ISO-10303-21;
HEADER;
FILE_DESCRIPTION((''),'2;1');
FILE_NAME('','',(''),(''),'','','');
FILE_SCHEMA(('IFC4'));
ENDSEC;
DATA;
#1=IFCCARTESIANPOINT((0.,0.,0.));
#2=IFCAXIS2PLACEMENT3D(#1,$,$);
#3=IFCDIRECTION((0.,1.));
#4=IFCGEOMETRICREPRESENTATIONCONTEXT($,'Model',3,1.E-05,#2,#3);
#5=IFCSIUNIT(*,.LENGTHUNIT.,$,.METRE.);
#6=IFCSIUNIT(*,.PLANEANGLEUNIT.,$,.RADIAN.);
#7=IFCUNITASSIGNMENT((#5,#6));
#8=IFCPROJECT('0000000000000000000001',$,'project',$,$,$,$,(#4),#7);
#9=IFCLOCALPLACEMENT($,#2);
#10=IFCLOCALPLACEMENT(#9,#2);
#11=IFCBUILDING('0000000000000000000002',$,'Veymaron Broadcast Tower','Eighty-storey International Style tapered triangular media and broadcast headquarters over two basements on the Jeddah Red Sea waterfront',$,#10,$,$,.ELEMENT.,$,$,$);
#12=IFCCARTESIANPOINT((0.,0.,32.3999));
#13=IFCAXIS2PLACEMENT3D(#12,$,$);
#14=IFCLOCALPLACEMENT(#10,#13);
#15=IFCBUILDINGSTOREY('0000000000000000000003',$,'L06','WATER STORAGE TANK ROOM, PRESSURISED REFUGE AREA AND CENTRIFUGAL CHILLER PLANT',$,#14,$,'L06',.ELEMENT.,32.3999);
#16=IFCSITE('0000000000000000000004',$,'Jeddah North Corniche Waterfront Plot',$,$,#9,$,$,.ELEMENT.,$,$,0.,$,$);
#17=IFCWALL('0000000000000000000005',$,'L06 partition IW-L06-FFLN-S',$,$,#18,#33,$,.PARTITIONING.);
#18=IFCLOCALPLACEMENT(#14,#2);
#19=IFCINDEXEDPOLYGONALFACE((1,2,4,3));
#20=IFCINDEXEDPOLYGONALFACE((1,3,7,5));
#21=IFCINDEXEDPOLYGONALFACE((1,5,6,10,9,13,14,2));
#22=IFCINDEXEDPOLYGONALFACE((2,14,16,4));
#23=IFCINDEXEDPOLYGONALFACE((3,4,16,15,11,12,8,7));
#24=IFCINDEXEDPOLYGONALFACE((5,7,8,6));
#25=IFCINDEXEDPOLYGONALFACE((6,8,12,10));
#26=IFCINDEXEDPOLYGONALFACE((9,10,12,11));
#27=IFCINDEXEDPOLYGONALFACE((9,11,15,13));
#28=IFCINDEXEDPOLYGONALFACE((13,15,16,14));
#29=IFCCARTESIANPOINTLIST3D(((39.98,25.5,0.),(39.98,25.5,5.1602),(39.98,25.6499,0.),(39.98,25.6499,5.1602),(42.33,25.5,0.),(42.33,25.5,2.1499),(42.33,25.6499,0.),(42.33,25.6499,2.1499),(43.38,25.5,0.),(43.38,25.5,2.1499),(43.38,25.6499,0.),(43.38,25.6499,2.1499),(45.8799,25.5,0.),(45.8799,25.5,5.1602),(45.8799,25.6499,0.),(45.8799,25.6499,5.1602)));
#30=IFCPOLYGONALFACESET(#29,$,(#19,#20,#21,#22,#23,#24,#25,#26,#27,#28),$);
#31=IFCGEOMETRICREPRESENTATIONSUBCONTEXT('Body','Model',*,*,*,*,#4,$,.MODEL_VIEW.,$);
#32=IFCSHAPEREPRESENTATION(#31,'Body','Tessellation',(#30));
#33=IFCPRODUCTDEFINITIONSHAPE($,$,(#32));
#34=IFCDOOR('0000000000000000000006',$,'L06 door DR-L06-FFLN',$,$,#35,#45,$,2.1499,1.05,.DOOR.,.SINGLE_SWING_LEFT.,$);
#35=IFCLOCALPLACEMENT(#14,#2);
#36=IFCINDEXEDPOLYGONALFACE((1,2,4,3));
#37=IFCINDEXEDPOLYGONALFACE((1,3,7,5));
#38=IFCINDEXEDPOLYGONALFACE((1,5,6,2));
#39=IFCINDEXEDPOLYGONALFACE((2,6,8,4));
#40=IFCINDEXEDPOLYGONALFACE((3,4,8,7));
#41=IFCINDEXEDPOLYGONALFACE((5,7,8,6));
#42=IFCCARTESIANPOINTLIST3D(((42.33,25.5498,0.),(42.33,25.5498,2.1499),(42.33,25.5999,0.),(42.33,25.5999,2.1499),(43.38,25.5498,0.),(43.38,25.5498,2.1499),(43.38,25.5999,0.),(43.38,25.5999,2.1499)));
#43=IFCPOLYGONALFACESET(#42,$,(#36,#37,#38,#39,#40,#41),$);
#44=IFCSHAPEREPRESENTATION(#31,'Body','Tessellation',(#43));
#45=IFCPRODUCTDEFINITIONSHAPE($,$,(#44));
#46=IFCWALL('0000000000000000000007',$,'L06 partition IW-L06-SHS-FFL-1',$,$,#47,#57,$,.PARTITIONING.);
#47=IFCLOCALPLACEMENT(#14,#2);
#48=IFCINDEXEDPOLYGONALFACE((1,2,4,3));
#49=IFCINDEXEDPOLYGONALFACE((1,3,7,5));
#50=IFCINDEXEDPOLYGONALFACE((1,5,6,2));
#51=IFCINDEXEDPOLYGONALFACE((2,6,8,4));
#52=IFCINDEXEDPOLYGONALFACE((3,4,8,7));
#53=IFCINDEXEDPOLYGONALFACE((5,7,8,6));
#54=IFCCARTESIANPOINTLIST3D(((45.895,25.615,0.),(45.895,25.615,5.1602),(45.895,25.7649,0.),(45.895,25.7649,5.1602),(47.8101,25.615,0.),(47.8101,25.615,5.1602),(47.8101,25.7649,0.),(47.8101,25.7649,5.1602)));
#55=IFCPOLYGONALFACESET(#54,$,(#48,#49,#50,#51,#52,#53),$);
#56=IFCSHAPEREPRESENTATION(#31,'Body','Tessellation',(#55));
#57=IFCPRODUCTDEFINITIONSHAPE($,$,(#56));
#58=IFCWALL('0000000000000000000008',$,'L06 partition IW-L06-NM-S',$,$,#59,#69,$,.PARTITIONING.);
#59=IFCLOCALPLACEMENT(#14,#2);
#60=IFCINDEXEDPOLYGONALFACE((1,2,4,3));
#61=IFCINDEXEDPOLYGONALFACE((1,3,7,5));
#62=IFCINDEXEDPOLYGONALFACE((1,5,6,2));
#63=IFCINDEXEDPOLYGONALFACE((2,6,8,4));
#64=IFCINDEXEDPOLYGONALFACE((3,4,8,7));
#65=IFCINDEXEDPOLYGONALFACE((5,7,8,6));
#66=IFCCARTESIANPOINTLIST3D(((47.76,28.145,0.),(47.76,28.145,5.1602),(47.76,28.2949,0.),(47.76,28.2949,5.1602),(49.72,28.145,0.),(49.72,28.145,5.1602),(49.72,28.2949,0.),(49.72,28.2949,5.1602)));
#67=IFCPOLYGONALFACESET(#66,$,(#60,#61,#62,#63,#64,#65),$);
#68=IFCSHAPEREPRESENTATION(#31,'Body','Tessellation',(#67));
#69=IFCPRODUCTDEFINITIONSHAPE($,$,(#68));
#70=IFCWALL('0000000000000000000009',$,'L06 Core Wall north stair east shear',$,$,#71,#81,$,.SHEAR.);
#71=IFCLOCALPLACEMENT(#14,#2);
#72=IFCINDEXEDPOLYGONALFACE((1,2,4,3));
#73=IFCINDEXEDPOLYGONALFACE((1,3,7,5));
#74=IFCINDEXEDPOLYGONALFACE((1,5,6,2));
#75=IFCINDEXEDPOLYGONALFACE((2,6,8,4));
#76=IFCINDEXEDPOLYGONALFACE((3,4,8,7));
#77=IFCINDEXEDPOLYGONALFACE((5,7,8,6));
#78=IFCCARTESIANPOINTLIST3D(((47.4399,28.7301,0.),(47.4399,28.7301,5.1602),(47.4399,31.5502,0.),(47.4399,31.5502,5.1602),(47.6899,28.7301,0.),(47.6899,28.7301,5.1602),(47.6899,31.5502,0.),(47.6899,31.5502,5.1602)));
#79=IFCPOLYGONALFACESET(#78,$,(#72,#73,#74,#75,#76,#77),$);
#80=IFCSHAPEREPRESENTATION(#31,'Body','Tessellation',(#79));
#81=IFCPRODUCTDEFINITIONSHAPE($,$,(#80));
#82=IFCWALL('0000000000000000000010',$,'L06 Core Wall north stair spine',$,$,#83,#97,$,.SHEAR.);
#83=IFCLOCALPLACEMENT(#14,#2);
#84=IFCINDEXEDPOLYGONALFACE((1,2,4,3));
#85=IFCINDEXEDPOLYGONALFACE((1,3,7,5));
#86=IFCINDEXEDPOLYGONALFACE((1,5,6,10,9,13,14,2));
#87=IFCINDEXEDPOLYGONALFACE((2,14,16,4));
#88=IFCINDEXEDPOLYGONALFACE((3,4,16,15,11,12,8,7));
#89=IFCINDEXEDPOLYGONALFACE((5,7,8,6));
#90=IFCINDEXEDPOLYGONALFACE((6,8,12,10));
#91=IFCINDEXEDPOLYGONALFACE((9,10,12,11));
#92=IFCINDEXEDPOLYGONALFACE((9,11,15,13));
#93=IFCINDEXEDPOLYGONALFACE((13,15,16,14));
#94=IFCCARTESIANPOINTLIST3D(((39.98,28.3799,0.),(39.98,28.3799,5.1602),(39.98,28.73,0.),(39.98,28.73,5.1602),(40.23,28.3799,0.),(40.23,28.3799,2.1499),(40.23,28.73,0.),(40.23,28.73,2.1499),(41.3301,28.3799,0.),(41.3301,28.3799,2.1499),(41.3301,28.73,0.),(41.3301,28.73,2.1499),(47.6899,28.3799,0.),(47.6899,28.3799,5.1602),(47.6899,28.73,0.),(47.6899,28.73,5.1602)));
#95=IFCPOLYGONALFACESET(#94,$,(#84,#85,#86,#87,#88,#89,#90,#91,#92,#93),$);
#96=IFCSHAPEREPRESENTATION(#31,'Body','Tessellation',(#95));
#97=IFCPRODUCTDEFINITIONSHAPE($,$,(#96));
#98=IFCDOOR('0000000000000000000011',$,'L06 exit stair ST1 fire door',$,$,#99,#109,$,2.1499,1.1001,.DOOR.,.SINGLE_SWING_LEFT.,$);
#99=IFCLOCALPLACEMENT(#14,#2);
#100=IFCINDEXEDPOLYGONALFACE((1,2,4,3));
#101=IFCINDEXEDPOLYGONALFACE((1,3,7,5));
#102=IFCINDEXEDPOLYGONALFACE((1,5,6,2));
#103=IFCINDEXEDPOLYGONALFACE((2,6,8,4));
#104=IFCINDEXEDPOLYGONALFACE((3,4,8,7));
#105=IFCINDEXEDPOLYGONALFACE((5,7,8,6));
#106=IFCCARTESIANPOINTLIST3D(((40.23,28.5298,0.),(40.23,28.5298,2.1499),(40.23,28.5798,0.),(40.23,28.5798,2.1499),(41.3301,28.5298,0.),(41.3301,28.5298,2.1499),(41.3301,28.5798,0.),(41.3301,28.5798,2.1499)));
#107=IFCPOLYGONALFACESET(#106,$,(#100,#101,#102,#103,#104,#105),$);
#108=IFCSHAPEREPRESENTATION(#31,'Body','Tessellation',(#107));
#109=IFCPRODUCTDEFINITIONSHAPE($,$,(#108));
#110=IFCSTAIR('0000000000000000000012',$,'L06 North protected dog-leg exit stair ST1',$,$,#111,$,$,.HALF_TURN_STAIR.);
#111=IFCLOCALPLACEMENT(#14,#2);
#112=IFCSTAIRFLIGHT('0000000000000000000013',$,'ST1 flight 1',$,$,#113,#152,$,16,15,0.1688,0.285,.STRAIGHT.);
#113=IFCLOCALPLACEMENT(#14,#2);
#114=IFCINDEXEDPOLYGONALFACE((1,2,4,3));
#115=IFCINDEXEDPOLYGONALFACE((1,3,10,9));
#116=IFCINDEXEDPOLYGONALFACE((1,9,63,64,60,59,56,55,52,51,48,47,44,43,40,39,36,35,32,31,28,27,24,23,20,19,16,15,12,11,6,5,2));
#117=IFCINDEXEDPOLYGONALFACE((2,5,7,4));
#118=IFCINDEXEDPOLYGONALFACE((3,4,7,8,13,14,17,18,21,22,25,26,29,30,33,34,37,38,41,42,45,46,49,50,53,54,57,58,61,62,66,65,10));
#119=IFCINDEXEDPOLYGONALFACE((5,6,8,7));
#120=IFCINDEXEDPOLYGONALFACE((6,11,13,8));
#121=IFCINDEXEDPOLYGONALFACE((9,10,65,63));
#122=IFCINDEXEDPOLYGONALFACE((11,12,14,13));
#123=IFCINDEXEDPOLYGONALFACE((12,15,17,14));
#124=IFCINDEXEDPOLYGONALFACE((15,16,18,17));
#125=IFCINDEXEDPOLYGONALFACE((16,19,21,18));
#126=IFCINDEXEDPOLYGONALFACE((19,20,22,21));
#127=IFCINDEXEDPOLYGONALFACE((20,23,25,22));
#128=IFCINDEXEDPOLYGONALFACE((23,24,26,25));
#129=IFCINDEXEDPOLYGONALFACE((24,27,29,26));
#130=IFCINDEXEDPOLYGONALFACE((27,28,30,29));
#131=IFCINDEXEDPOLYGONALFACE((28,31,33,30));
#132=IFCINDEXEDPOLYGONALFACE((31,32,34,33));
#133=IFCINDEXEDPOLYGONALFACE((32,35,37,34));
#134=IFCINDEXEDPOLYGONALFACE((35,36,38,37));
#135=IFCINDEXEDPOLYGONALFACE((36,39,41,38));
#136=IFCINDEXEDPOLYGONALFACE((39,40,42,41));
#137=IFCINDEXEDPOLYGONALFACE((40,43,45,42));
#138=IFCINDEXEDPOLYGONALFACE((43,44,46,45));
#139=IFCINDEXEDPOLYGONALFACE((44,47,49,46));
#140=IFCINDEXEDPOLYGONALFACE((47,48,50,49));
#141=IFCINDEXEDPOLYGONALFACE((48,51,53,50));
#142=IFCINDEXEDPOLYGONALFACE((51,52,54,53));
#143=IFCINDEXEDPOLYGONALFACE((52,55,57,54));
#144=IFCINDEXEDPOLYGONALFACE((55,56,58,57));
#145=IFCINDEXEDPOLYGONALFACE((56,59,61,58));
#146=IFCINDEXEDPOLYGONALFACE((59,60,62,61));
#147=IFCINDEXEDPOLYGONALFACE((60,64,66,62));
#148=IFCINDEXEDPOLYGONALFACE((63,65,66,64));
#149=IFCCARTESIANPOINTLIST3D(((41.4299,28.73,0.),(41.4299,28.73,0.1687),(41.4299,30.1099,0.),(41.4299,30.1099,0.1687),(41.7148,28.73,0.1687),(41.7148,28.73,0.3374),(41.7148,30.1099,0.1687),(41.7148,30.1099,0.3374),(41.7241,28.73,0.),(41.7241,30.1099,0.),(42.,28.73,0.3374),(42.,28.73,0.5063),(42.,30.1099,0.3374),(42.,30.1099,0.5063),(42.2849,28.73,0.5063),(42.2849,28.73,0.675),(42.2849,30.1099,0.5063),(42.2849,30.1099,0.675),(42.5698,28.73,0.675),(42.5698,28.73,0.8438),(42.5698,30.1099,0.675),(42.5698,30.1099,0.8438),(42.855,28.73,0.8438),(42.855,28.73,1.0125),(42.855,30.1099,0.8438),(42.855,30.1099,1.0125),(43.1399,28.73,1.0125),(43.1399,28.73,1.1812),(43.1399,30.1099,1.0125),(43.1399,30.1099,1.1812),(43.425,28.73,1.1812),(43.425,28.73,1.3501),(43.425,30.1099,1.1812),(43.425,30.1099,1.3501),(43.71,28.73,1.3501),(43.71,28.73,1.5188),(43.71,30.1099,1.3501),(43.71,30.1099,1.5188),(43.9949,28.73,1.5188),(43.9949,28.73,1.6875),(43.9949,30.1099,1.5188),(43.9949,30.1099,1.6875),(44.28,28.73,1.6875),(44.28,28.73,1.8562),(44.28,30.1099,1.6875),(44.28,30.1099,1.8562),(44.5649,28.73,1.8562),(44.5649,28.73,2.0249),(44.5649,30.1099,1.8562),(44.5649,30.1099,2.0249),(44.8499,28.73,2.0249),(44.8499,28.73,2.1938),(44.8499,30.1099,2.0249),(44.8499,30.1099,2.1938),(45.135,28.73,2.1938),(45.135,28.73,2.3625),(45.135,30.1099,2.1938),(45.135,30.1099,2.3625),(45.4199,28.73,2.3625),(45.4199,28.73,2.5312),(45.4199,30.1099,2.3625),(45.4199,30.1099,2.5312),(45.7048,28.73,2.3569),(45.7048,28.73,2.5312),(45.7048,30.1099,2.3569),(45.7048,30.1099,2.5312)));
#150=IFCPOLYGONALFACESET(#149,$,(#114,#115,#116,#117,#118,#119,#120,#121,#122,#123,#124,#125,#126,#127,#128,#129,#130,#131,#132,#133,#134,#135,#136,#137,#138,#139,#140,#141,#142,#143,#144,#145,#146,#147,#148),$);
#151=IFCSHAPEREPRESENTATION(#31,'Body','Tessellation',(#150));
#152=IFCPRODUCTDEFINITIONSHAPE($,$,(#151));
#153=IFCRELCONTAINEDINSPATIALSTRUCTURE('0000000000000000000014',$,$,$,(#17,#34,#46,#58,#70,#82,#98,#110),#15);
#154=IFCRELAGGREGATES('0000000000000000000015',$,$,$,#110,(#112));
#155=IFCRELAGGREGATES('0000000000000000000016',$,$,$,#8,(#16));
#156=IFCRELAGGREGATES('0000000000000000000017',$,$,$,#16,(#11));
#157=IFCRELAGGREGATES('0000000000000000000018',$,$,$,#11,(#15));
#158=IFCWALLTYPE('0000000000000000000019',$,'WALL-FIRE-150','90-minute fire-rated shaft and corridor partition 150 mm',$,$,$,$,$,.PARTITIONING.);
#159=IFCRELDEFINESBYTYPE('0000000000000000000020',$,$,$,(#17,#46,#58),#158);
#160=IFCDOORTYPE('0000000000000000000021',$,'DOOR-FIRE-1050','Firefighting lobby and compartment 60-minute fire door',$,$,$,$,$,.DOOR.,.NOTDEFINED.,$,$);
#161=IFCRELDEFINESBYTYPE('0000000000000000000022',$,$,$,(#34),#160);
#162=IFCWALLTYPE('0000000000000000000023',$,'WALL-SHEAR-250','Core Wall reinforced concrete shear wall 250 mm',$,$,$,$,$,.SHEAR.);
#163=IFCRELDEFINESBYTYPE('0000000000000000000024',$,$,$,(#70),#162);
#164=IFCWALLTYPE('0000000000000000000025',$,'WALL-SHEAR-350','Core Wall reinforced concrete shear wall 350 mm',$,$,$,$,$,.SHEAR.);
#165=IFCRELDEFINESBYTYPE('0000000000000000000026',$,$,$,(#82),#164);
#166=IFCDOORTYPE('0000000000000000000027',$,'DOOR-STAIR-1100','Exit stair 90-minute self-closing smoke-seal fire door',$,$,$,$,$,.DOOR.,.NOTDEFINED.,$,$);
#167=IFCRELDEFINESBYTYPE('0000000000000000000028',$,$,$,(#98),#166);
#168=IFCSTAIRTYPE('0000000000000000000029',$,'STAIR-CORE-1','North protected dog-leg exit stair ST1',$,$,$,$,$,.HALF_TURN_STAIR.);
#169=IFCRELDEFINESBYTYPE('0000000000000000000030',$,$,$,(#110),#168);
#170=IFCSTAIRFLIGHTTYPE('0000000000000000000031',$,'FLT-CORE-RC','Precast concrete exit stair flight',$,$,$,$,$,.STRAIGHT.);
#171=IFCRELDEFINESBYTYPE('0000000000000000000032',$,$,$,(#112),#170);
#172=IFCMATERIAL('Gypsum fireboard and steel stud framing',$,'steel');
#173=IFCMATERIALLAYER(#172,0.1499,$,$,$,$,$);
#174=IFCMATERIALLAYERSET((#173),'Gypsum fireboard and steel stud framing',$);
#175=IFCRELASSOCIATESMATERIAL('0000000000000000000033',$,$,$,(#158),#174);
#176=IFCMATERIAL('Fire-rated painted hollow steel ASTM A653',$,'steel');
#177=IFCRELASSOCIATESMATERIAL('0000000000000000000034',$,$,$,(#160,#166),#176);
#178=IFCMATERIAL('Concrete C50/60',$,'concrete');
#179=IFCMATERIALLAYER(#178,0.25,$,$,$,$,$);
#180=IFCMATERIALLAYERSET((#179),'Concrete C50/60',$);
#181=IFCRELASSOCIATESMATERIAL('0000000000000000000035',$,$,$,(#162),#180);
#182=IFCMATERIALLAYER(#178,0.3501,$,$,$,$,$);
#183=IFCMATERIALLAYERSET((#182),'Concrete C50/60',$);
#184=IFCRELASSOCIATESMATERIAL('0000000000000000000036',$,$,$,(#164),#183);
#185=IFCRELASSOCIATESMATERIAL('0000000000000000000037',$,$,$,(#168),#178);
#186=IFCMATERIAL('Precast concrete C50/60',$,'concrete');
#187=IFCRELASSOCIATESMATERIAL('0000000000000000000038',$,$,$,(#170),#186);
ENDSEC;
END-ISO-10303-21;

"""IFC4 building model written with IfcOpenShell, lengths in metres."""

from ifc_helpers import new_model, si_unit, direction, frame, frame_2d, origin, place, context, subcontext, project, spatial, polyline, rectangle, outline, extrude, material, layer, layer_set, type_object, element, fill, aggregate, save


model = new_model("IFC4")

# Units and contexts
model_context = context("Model", 3, precision=1e-05, world=origin(), true_north=direction((0.0, 1.0)))
body_context = subcontext(model_context, "Body", "Model", "MODEL_VIEW")
ifc_project = project(units=[si_unit("LENGTHUNIT", "METRE"), si_unit("PLANEANGLEUNIT", "RADIAN")], contexts=[model_context])

# Site, building, storey
site_placement = place(None, origin())
site = spatial("IfcSite", under=ifc_project, at=site_placement, Name="Jeddah North Corniche Waterfront Plot", CompositionType="ELEMENT", RefElevation=0.0)
building_placement = place(site_placement, origin())
building = spatial("IfcBuilding", under=site, at=building_placement, Name="Veymaron Broadcast Tower", Description="Eighty-storey International Style tapered triangular media and broadcast headquarters over two basements on the Jeddah Red Sea waterfront", CompositionType="ELEMENT")
storey_placement = place(building_placement, frame((0.0, 0.0, 32.3999)))
storey = spatial("IfcBuildingStorey", under=building, at=storey_placement, Name="L06", Description="WATER STORAGE TANK ROOM, PRESSURISED REFUGE AREA AND CENTRIFUGAL CHILLER PLANT", LongName="L06", CompositionType="ELEMENT", Elevation=32.3999)

# Wall, opening, door
ifc_material_1 = material(Name="Gypsum fireboard and steel stud framing", Category="steel")
ifc_layer_1 = layer(ifc_material_1, 0.1499)
ifc_layer_set_1 = layer_set([ifc_layer_1], Name="Gypsum fireboard and steel stud framing")
wall_type_1 = type_object("IfcWallType", Name="WALL-FIRE-150", Description="90-minute fire-rated shaft and corridor partition 150 mm", PredefinedType="PARTITIONING", material=ifc_layer_set_1)
wall_1_placement = place(storey_placement, frame((39.98, 25.575, 0.0), z_axis=(0.0, 0.0, 1.0), x_axis=(1.0, 0.0, 0.0)))
wall_1 = element("IfcWall", 1, at=wall_1_placement, inside=storey, type_object=wall_type_1, Name="L06 partition IW-L06-FFLN-S", PredefinedType="PARTITIONING", context=body_context, shape_type="SweptSolid", body=[
    extrude(rectangle(XDim=5.8999, YDim=0.1499, at=frame_2d((2.95, 0.0))), origin(), (0.0, 0.0, 1.0), 5.1602),
])
opening_1_placement = place(wall_1_placement, frame((2.3501, 0.0, 0.0)))
opening_1 = element("IfcOpeningElement", 2, at=opening_1_placement, cuts=wall_1, PredefinedType="OPENING", context=body_context, shape_type="SweptSolid", body=[
    extrude(rectangle(XDim=1.05, YDim=2.1499, at=frame_2d((0.5249, 1.075))), frame((0.0, 0.085, 0.0), z_axis=(0.0, -1.0, 0.0), x_axis=(1.0, 0.0, 0.0)), (0.0, 0.0, 1.0), 0.1699),
])
ifc_material_2 = material(Name="Fire-rated painted hollow steel ASTM A653", Category="steel")
door_type_1 = type_object("IfcDoorType", Name="DOOR-FIRE-1050", Description="Firefighting lobby and compartment 60-minute fire door", OperationType="NOTDEFINED", PredefinedType="DOOR", material=ifc_material_2)
door_1_placement = place(opening_1_placement, origin())
door_1 = element("IfcDoor", 3, at=door_1_placement, inside=storey, type_object=door_type_1, Name="L06 door DR-L06-FFLN", OperationType="SINGLE_SWING_LEFT", OverallHeight=2.1499, OverallWidth=1.05, PredefinedType="DOOR", context=body_context, shape_type="SweptSolid", body=[
    extrude(rectangle(XDim=1.05, YDim=2.1499, at=frame_2d((0.5249, 1.075))), frame((0.0, 0.0249, 0.0), z_axis=(0.0, -1.0, 0.0), x_axis=(1.0, 0.0, 0.0)), (0.0, 0.0, 1.0), 0.05),
])
fill(opening_1, door_1)

# Walls
wall_2_placement = place(storey_placement, frame((45.895, 25.6899, 0.0), z_axis=(0.0, 0.0, 1.0), x_axis=(1.0, 0.0, 0.0)))
element("IfcWall", 4, at=wall_2_placement, inside=storey, type_object=wall_type_1, Name="L06 partition IW-L06-SHS-FFL-1", PredefinedType="PARTITIONING", context=body_context, shape_type="SweptSolid", body=[
    extrude(rectangle(XDim=1.915, YDim=0.1499, at=frame_2d((0.9575, 0.0))), origin(), (0.0, 0.0, 1.0), 5.1602),
])
wall_3_placement = place(storey_placement, frame((47.76, 28.22, 0.0), z_axis=(0.0, 0.0, 1.0), x_axis=(1.0, 0.0, 0.0)))
element("IfcWall", 5, at=wall_3_placement, inside=storey, type_object=wall_type_1, Name="L06 partition IW-L06-NM-S", PredefinedType="PARTITIONING", context=body_context, shape_type="SweptSolid", body=[
    extrude(rectangle(XDim=1.96, YDim=0.1499, at=frame_2d((0.98, 0.0))), origin(), (0.0, 0.0, 1.0), 5.1602),
])
ifc_material_3 = material(Name="Concrete C50/60", Category="concrete")
ifc_layer_2 = layer(ifc_material_3, 0.25)
ifc_layer_set_2 = layer_set([ifc_layer_2], Name="Concrete C50/60")
wall_type_2 = type_object("IfcWallType", Name="WALL-SHEAR-250", Description="Core Wall reinforced concrete shear wall 250 mm", PredefinedType="SHEAR", material=ifc_layer_set_2)
wall_4_placement = place(storey_placement, frame((47.5649, 28.73, 0.0), z_axis=(0.0, 0.0, 1.0), x_axis=(0.0, 1.0, 0.0)))
element("IfcWall", 6, at=wall_4_placement, inside=storey, type_object=wall_type_2, Name="L06 Core Wall north stair east shear", PredefinedType="SHEAR", context=body_context, shape_type="SweptSolid", body=[
    extrude(rectangle(XDim=2.8201, YDim=0.25, at=frame_2d((1.4102, 0.0))), origin(), (0.0, 0.0, 1.0), 5.1602),
])

# Wall, opening, door
ifc_layer_3 = layer(ifc_material_3, 0.3501)
ifc_layer_set_3 = layer_set([ifc_layer_3], Name="Concrete C50/60")
wall_type_3 = type_object("IfcWallType", Name="WALL-SHEAR-350", Description="Core Wall reinforced concrete shear wall 350 mm", PredefinedType="SHEAR", material=ifc_layer_set_3)
wall_5_placement = place(storey_placement, frame((39.98, 28.5549, 0.0), z_axis=(0.0, 0.0, 1.0), x_axis=(1.0, 0.0, 0.0)))
wall_5 = element("IfcWall", 7, at=wall_5_placement, inside=storey, type_object=wall_type_3, Name="L06 Core Wall north stair spine", PredefinedType="SHEAR", context=body_context, shape_type="SweptSolid", body=[
    extrude(rectangle(XDim=7.71, YDim=0.3501, at=frame_2d((3.855, 0.0))), origin(), (0.0, 0.0, 1.0), 5.1602),
])
opening_2_placement = place(wall_5_placement, frame((0.25, 0.0, 0.0)))
opening_2 = element("IfcOpeningElement", 8, at=opening_2_placement, cuts=wall_5, PredefinedType="OPENING", context=body_context, shape_type="SweptSolid", body=[
    extrude(rectangle(XDim=1.1001, YDim=2.1499, at=frame_2d((0.55, 1.075))), frame((0.0, 0.1851, 0.0), z_axis=(0.0, -1.0, 0.0), x_axis=(1.0, 0.0, 0.0)), (0.0, 0.0, 1.0), 0.3701),
])
door_type_2 = type_object("IfcDoorType", Name="DOOR-STAIR-1100", Description="Exit stair 90-minute self-closing smoke-seal fire door", OperationType="NOTDEFINED", PredefinedType="DOOR", material=ifc_material_2)
door_2_placement = place(opening_2_placement, origin())
door_2 = element("IfcDoor", 9, at=door_2_placement, inside=storey, type_object=door_type_2, Name="L06 exit stair ST1 fire door", OperationType="SINGLE_SWING_LEFT", OverallHeight=2.1499, OverallWidth=1.1001, PredefinedType="DOOR", context=body_context, shape_type="SweptSolid", body=[
    extrude(rectangle(XDim=1.1001, YDim=2.1499, at=frame_2d((0.55, 1.075))), frame((0.0, 0.0249, 0.0), z_axis=(0.0, -1.0, 0.0), x_axis=(1.0, 0.0, 0.0)), (0.0, 0.0, 1.0), 0.05),
])
fill(opening_2, door_2)

# Stair, stair flight
stair_type = type_object("IfcStairType", Name="STAIR-CORE-1", Description="North protected dog-leg exit stair ST1", PredefinedType="HALF_TURN_STAIR", material=ifc_material_3)
stair_placement = place(storey_placement, origin())
stair = element("IfcStair", 10, at=stair_placement, inside=storey, type_object=stair_type, Name="L06 North protected dog-leg exit stair ST1", PredefinedType="HALF_TURN_STAIR")
ifc_material_4 = material(Name="Precast concrete C50/60", Category="concrete")
stair_flight_type = type_object("IfcStairFlightType", Name="FLT-CORE-RC", Description="Precast concrete exit stair flight", PredefinedType="STRAIGHT", material=ifc_material_4)
stair_flight_placement = place(storey_placement, frame((41.4299, 29.4199, 0.0), z_axis=(0.0, 0.0, 1.0), x_axis=(1.0, 0.0, 0.0)))
stair_flight = element("IfcStairFlight", 11, at=stair_flight_placement, type_object=stair_flight_type, Name="ST1 flight 1", NumberOfRisers=16, NumberOfTreads=15, PredefinedType="STRAIGHT", RiserHeight=0.1688, TreadLength=0.285, context=body_context, shape_type="SweptSolid", body=[
    extrude(outline(polyline([(0.0, 0.0), (0.0, 0.1687), (0.2849, 0.1687), (0.2849, 0.3374), (0.5701, 0.3374), (0.5701, 0.5063), (0.855, 0.5063), (0.855, 0.675), (1.1399, 0.675), (1.1399, 0.8438), (1.425, 0.8438), (1.425, 1.0125), (1.71, 1.0125), (1.71, 1.1812), (1.9951, 1.1812), (1.9951, 1.3501), (2.28, 1.3501), (2.28, 1.5188), (2.5649, 1.5188), (2.5649, 1.6875), (2.8501, 1.6875), (2.8501, 1.8562), (3.135, 1.8562), (3.135, 2.0249), (3.4199, 2.0249), (3.4199, 2.1938), (3.7051, 2.1938), (3.7051, 2.3625), (3.99, 2.3625), (3.99, 2.5312), (4.2749, 2.5312), (4.2749, 2.7), (4.2749, 2.3569), (0.2942, 0.0), (0.0, 0.0)])), frame((0.0, 0.6899, 0.0), z_axis=(0.0, -1.0, 0.0), x_axis=(1.0, 0.0, 0.0)), (0.0, 0.0, 1.0), 1.3799),
])
aggregate(stair, [stair_flight])

save(model, "model.ifc")
